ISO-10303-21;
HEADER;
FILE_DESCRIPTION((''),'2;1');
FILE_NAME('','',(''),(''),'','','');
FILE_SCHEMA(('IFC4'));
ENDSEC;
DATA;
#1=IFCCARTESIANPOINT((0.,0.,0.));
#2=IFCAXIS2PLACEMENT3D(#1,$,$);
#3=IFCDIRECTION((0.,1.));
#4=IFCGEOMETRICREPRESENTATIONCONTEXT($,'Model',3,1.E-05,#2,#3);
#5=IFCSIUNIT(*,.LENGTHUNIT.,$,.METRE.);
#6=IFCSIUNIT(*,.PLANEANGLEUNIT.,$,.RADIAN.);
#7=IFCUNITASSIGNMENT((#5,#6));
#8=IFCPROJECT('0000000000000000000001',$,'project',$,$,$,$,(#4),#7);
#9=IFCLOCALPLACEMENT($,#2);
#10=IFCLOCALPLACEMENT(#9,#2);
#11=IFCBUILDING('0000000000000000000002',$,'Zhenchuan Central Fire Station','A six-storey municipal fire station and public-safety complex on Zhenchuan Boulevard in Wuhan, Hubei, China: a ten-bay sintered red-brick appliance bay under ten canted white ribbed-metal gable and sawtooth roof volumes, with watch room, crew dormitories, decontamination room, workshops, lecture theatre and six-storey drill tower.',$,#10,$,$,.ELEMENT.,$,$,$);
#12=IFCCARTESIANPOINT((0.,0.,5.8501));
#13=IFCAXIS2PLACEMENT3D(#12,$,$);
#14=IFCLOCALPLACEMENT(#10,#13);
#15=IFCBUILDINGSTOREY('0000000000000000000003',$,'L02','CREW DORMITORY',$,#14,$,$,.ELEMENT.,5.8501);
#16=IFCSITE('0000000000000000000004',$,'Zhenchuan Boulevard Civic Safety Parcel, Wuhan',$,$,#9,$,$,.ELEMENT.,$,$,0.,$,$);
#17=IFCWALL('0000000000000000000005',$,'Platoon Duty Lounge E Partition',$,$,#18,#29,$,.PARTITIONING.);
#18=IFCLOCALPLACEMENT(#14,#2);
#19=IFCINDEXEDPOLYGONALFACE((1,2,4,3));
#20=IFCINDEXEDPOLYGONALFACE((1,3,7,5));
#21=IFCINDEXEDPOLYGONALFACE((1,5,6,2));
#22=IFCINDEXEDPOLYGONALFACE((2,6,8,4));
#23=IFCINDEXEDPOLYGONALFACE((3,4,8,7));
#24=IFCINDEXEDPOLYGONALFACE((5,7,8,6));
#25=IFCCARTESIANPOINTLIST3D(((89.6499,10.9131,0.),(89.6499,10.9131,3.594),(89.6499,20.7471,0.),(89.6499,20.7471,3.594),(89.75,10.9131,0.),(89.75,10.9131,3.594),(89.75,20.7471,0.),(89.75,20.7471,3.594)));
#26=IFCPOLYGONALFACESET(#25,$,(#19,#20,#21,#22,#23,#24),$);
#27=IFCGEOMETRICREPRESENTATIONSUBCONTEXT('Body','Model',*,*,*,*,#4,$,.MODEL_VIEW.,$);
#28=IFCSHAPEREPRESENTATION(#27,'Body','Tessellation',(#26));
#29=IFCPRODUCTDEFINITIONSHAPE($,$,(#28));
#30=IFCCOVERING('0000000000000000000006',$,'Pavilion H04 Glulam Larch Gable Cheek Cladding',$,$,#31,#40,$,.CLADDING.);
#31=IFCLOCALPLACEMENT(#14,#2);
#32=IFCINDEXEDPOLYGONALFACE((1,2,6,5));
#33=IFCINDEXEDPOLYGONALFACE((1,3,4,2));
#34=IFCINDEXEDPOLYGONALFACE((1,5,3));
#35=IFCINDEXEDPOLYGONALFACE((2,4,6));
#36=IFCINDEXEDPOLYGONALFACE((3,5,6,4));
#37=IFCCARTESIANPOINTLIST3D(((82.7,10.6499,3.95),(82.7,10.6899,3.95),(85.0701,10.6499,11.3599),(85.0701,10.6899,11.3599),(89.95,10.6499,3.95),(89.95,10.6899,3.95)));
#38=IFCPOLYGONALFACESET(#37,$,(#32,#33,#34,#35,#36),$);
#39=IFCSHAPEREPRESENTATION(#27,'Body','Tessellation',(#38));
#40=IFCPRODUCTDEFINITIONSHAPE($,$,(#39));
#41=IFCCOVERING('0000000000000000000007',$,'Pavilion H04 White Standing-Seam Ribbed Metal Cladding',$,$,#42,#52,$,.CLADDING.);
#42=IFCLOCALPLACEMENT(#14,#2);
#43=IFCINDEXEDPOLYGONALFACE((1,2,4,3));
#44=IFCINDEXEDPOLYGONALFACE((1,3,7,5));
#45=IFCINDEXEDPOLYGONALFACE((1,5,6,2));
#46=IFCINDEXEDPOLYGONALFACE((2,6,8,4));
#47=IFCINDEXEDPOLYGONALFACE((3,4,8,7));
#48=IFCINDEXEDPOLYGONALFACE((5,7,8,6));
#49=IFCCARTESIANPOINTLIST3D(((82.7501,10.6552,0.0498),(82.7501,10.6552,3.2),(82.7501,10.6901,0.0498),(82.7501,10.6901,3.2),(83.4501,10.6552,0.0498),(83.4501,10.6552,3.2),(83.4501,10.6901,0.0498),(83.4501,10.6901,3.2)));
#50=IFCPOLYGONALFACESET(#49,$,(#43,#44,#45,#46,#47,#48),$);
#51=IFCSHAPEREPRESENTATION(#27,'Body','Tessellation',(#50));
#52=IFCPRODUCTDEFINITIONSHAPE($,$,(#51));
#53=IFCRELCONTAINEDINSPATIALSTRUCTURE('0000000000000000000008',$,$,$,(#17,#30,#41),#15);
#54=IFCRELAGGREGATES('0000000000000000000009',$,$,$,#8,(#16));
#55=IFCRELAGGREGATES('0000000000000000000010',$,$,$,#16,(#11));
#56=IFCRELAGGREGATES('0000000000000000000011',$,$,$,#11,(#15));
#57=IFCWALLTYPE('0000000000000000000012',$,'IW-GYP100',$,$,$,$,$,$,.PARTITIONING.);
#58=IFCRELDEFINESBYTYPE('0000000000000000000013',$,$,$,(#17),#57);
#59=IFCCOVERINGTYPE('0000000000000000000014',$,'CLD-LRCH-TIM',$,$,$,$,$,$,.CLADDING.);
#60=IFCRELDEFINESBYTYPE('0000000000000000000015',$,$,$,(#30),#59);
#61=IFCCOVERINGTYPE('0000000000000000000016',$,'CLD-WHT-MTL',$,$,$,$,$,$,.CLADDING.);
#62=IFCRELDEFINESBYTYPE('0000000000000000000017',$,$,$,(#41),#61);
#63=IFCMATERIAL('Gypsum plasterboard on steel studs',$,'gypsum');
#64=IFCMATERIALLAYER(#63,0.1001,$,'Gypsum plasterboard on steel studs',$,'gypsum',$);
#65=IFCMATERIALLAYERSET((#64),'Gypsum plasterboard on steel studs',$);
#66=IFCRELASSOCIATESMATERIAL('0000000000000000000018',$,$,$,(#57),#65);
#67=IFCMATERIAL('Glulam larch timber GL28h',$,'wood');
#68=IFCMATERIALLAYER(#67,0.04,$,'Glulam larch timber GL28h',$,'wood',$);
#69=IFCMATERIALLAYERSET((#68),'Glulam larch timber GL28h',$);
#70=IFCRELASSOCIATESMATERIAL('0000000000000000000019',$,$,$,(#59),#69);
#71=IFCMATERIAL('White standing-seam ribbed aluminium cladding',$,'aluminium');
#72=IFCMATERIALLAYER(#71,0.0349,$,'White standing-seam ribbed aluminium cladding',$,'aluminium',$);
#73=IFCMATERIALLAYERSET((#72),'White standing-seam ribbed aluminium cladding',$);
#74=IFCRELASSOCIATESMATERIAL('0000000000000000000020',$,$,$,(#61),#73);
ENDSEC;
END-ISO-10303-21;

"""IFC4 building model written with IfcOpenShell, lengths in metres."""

from ifc_helpers import new_model, si_unit, direction, frame, frame_2d, origin, place, context, subcontext, project, spatial, polyline, rectangle, outline, extrude, material, layer, layer_set, type_object, element, save


model = new_model("IFC4")

# Units and contexts
model_context = context("Model", 3, precision=1e-05, world=origin(), true_north=direction((0.0, 1.0)))
body_context = subcontext(model_context, "Body", "Model", "MODEL_VIEW")
ifc_project = project(units=[si_unit("LENGTHUNIT", "METRE"), si_unit("PLANEANGLEUNIT", "RADIAN")], contexts=[model_context])

# Site, building, storey
site_placement = place(None, origin())
site = spatial("IfcSite", under=ifc_project, at=site_placement, Name="Zhenchuan Boulevard Civic Safety Parcel, Wuhan", CompositionType="ELEMENT", RefElevation=0.0)
building_placement = place(site_placement, origin())
building = spatial("IfcBuilding", under=site, at=building_placement, Name="Zhenchuan Central Fire Station", Description="A six-storey municipal fire station and public-safety complex on Zhenchuan Boulevard in Wuhan, Hubei, China: a ten-bay sintered red-brick appliance bay under ten canted white ribbed-metal gable and sawtooth roof volumes, with watch room, crew dormitories, decontamination room, workshops, lecture theatre and six-storey drill tower.", CompositionType="ELEMENT")
storey_placement = place(building_placement, frame((0.0, 0.0, 5.8501)))
storey = spatial("IfcBuildingStorey", under=building, at=storey_placement, Name="L02", Description="CREW DORMITORY", CompositionType="ELEMENT", Elevation=5.8501)

# Wall
ifc_material_1 = material(Name="Gypsum plasterboard on steel studs", Category="gypsum")
ifc_layer_1 = layer(ifc_material_1, 0.1001, Name="Gypsum plasterboard on steel studs", Category="gypsum")
ifc_layer_set_1 = layer_set([ifc_layer_1], Name="Gypsum plasterboard on steel studs")
wall_type_1 = type_object("IfcWallType", Name="IW-GYP100", PredefinedType="PARTITIONING", material=ifc_layer_set_1)
wall_1_placement = place(storey_placement, frame((89.7, 10.9131, 0.0), z_axis=(0.0, 0.0, 1.0), x_axis=(0.0, 1.0, 0.0)))
element("IfcWall", 1, at=wall_1_placement, inside=storey, type_object=wall_type_1, Name="Platoon Duty Lounge E Partition", PredefinedType="PARTITIONING", context=body_context, shape_type="SweptSolid", body=[
    extrude(rectangle(XDim=9.834, YDim=0.1001, at=frame_2d((4.917, 0.0))), origin(), (0.0, 0.0, 1.0), 3.594),
])

# Coverings
ifc_material_2 = material(Name="Glulam larch timber GL28h", Category="wood")
ifc_layer_2 = layer(ifc_material_2, 0.04, Name="Glulam larch timber GL28h", Category="wood")
ifc_layer_set_2 = layer_set([ifc_layer_2], Name="Glulam larch timber GL28h")
covering_type_1 = type_object("IfcCoveringType", Name="CLD-LRCH-TIM", PredefinedType="CLADDING", material=ifc_layer_set_2)
covering_1_placement = place(storey_placement, frame((82.7, 10.6699, 3.95), z_axis=(0.0, 0.0, 1.0), x_axis=(1.0, 0.0, 0.0)))
element("IfcCovering", 2, at=covering_1_placement, inside=storey, type_object=covering_type_1, Name="Pavilion H04 Glulam Larch Gable Cheek Cladding", PredefinedType="CLADDING", context=body_context, shape_type="SweptSolid", body=[
    extrude(outline(polyline([(0.0, 0.0), (7.25, 0.0), (7.25, 0.0), (2.3701, 7.4099), (0.0, 0.0), (0.0, 0.0)])), frame((0.0, 0.02, 0.0), z_axis=(0.0, -1.0, 0.0), x_axis=(1.0, 0.0, 0.0)), (0.0, 0.0, 1.0), 0.04),
])
ifc_material_3 = material(Name="White standing-seam ribbed aluminium cladding", Category="aluminium")
ifc_layer_3 = layer(ifc_material_3, 0.0349, Name="White standing-seam ribbed aluminium cladding", Category="aluminium")
ifc_layer_set_3 = layer_set([ifc_layer_3], Name="White standing-seam ribbed aluminium cladding")
covering_type_2 = type_object("IfcCoveringType", Name="CLD-WHT-MTL", PredefinedType="CLADDING", material=ifc_layer_set_3)
covering_2_placement = place(storey_placement, frame((82.75, 10.6726, 0.0498), z_axis=(0.0, 0.0, 1.0), x_axis=(1.0, 0.0, 0.0)))
element("IfcCovering", 3, at=covering_2_placement, inside=storey, type_object=covering_type_2, Name="Pavilion H04 White Standing-Seam Ribbed Metal Cladding", PredefinedType="CLADDING", context=body_context, shape_type="SweptSolid", body=[
    extrude(rectangle(XDim=0.7, YDim=0.0349, at=frame_2d((0.3501, 0.0))), origin(), (0.0, 0.0, 1.0), 3.1501),
])

save(model, "model.ifc")
